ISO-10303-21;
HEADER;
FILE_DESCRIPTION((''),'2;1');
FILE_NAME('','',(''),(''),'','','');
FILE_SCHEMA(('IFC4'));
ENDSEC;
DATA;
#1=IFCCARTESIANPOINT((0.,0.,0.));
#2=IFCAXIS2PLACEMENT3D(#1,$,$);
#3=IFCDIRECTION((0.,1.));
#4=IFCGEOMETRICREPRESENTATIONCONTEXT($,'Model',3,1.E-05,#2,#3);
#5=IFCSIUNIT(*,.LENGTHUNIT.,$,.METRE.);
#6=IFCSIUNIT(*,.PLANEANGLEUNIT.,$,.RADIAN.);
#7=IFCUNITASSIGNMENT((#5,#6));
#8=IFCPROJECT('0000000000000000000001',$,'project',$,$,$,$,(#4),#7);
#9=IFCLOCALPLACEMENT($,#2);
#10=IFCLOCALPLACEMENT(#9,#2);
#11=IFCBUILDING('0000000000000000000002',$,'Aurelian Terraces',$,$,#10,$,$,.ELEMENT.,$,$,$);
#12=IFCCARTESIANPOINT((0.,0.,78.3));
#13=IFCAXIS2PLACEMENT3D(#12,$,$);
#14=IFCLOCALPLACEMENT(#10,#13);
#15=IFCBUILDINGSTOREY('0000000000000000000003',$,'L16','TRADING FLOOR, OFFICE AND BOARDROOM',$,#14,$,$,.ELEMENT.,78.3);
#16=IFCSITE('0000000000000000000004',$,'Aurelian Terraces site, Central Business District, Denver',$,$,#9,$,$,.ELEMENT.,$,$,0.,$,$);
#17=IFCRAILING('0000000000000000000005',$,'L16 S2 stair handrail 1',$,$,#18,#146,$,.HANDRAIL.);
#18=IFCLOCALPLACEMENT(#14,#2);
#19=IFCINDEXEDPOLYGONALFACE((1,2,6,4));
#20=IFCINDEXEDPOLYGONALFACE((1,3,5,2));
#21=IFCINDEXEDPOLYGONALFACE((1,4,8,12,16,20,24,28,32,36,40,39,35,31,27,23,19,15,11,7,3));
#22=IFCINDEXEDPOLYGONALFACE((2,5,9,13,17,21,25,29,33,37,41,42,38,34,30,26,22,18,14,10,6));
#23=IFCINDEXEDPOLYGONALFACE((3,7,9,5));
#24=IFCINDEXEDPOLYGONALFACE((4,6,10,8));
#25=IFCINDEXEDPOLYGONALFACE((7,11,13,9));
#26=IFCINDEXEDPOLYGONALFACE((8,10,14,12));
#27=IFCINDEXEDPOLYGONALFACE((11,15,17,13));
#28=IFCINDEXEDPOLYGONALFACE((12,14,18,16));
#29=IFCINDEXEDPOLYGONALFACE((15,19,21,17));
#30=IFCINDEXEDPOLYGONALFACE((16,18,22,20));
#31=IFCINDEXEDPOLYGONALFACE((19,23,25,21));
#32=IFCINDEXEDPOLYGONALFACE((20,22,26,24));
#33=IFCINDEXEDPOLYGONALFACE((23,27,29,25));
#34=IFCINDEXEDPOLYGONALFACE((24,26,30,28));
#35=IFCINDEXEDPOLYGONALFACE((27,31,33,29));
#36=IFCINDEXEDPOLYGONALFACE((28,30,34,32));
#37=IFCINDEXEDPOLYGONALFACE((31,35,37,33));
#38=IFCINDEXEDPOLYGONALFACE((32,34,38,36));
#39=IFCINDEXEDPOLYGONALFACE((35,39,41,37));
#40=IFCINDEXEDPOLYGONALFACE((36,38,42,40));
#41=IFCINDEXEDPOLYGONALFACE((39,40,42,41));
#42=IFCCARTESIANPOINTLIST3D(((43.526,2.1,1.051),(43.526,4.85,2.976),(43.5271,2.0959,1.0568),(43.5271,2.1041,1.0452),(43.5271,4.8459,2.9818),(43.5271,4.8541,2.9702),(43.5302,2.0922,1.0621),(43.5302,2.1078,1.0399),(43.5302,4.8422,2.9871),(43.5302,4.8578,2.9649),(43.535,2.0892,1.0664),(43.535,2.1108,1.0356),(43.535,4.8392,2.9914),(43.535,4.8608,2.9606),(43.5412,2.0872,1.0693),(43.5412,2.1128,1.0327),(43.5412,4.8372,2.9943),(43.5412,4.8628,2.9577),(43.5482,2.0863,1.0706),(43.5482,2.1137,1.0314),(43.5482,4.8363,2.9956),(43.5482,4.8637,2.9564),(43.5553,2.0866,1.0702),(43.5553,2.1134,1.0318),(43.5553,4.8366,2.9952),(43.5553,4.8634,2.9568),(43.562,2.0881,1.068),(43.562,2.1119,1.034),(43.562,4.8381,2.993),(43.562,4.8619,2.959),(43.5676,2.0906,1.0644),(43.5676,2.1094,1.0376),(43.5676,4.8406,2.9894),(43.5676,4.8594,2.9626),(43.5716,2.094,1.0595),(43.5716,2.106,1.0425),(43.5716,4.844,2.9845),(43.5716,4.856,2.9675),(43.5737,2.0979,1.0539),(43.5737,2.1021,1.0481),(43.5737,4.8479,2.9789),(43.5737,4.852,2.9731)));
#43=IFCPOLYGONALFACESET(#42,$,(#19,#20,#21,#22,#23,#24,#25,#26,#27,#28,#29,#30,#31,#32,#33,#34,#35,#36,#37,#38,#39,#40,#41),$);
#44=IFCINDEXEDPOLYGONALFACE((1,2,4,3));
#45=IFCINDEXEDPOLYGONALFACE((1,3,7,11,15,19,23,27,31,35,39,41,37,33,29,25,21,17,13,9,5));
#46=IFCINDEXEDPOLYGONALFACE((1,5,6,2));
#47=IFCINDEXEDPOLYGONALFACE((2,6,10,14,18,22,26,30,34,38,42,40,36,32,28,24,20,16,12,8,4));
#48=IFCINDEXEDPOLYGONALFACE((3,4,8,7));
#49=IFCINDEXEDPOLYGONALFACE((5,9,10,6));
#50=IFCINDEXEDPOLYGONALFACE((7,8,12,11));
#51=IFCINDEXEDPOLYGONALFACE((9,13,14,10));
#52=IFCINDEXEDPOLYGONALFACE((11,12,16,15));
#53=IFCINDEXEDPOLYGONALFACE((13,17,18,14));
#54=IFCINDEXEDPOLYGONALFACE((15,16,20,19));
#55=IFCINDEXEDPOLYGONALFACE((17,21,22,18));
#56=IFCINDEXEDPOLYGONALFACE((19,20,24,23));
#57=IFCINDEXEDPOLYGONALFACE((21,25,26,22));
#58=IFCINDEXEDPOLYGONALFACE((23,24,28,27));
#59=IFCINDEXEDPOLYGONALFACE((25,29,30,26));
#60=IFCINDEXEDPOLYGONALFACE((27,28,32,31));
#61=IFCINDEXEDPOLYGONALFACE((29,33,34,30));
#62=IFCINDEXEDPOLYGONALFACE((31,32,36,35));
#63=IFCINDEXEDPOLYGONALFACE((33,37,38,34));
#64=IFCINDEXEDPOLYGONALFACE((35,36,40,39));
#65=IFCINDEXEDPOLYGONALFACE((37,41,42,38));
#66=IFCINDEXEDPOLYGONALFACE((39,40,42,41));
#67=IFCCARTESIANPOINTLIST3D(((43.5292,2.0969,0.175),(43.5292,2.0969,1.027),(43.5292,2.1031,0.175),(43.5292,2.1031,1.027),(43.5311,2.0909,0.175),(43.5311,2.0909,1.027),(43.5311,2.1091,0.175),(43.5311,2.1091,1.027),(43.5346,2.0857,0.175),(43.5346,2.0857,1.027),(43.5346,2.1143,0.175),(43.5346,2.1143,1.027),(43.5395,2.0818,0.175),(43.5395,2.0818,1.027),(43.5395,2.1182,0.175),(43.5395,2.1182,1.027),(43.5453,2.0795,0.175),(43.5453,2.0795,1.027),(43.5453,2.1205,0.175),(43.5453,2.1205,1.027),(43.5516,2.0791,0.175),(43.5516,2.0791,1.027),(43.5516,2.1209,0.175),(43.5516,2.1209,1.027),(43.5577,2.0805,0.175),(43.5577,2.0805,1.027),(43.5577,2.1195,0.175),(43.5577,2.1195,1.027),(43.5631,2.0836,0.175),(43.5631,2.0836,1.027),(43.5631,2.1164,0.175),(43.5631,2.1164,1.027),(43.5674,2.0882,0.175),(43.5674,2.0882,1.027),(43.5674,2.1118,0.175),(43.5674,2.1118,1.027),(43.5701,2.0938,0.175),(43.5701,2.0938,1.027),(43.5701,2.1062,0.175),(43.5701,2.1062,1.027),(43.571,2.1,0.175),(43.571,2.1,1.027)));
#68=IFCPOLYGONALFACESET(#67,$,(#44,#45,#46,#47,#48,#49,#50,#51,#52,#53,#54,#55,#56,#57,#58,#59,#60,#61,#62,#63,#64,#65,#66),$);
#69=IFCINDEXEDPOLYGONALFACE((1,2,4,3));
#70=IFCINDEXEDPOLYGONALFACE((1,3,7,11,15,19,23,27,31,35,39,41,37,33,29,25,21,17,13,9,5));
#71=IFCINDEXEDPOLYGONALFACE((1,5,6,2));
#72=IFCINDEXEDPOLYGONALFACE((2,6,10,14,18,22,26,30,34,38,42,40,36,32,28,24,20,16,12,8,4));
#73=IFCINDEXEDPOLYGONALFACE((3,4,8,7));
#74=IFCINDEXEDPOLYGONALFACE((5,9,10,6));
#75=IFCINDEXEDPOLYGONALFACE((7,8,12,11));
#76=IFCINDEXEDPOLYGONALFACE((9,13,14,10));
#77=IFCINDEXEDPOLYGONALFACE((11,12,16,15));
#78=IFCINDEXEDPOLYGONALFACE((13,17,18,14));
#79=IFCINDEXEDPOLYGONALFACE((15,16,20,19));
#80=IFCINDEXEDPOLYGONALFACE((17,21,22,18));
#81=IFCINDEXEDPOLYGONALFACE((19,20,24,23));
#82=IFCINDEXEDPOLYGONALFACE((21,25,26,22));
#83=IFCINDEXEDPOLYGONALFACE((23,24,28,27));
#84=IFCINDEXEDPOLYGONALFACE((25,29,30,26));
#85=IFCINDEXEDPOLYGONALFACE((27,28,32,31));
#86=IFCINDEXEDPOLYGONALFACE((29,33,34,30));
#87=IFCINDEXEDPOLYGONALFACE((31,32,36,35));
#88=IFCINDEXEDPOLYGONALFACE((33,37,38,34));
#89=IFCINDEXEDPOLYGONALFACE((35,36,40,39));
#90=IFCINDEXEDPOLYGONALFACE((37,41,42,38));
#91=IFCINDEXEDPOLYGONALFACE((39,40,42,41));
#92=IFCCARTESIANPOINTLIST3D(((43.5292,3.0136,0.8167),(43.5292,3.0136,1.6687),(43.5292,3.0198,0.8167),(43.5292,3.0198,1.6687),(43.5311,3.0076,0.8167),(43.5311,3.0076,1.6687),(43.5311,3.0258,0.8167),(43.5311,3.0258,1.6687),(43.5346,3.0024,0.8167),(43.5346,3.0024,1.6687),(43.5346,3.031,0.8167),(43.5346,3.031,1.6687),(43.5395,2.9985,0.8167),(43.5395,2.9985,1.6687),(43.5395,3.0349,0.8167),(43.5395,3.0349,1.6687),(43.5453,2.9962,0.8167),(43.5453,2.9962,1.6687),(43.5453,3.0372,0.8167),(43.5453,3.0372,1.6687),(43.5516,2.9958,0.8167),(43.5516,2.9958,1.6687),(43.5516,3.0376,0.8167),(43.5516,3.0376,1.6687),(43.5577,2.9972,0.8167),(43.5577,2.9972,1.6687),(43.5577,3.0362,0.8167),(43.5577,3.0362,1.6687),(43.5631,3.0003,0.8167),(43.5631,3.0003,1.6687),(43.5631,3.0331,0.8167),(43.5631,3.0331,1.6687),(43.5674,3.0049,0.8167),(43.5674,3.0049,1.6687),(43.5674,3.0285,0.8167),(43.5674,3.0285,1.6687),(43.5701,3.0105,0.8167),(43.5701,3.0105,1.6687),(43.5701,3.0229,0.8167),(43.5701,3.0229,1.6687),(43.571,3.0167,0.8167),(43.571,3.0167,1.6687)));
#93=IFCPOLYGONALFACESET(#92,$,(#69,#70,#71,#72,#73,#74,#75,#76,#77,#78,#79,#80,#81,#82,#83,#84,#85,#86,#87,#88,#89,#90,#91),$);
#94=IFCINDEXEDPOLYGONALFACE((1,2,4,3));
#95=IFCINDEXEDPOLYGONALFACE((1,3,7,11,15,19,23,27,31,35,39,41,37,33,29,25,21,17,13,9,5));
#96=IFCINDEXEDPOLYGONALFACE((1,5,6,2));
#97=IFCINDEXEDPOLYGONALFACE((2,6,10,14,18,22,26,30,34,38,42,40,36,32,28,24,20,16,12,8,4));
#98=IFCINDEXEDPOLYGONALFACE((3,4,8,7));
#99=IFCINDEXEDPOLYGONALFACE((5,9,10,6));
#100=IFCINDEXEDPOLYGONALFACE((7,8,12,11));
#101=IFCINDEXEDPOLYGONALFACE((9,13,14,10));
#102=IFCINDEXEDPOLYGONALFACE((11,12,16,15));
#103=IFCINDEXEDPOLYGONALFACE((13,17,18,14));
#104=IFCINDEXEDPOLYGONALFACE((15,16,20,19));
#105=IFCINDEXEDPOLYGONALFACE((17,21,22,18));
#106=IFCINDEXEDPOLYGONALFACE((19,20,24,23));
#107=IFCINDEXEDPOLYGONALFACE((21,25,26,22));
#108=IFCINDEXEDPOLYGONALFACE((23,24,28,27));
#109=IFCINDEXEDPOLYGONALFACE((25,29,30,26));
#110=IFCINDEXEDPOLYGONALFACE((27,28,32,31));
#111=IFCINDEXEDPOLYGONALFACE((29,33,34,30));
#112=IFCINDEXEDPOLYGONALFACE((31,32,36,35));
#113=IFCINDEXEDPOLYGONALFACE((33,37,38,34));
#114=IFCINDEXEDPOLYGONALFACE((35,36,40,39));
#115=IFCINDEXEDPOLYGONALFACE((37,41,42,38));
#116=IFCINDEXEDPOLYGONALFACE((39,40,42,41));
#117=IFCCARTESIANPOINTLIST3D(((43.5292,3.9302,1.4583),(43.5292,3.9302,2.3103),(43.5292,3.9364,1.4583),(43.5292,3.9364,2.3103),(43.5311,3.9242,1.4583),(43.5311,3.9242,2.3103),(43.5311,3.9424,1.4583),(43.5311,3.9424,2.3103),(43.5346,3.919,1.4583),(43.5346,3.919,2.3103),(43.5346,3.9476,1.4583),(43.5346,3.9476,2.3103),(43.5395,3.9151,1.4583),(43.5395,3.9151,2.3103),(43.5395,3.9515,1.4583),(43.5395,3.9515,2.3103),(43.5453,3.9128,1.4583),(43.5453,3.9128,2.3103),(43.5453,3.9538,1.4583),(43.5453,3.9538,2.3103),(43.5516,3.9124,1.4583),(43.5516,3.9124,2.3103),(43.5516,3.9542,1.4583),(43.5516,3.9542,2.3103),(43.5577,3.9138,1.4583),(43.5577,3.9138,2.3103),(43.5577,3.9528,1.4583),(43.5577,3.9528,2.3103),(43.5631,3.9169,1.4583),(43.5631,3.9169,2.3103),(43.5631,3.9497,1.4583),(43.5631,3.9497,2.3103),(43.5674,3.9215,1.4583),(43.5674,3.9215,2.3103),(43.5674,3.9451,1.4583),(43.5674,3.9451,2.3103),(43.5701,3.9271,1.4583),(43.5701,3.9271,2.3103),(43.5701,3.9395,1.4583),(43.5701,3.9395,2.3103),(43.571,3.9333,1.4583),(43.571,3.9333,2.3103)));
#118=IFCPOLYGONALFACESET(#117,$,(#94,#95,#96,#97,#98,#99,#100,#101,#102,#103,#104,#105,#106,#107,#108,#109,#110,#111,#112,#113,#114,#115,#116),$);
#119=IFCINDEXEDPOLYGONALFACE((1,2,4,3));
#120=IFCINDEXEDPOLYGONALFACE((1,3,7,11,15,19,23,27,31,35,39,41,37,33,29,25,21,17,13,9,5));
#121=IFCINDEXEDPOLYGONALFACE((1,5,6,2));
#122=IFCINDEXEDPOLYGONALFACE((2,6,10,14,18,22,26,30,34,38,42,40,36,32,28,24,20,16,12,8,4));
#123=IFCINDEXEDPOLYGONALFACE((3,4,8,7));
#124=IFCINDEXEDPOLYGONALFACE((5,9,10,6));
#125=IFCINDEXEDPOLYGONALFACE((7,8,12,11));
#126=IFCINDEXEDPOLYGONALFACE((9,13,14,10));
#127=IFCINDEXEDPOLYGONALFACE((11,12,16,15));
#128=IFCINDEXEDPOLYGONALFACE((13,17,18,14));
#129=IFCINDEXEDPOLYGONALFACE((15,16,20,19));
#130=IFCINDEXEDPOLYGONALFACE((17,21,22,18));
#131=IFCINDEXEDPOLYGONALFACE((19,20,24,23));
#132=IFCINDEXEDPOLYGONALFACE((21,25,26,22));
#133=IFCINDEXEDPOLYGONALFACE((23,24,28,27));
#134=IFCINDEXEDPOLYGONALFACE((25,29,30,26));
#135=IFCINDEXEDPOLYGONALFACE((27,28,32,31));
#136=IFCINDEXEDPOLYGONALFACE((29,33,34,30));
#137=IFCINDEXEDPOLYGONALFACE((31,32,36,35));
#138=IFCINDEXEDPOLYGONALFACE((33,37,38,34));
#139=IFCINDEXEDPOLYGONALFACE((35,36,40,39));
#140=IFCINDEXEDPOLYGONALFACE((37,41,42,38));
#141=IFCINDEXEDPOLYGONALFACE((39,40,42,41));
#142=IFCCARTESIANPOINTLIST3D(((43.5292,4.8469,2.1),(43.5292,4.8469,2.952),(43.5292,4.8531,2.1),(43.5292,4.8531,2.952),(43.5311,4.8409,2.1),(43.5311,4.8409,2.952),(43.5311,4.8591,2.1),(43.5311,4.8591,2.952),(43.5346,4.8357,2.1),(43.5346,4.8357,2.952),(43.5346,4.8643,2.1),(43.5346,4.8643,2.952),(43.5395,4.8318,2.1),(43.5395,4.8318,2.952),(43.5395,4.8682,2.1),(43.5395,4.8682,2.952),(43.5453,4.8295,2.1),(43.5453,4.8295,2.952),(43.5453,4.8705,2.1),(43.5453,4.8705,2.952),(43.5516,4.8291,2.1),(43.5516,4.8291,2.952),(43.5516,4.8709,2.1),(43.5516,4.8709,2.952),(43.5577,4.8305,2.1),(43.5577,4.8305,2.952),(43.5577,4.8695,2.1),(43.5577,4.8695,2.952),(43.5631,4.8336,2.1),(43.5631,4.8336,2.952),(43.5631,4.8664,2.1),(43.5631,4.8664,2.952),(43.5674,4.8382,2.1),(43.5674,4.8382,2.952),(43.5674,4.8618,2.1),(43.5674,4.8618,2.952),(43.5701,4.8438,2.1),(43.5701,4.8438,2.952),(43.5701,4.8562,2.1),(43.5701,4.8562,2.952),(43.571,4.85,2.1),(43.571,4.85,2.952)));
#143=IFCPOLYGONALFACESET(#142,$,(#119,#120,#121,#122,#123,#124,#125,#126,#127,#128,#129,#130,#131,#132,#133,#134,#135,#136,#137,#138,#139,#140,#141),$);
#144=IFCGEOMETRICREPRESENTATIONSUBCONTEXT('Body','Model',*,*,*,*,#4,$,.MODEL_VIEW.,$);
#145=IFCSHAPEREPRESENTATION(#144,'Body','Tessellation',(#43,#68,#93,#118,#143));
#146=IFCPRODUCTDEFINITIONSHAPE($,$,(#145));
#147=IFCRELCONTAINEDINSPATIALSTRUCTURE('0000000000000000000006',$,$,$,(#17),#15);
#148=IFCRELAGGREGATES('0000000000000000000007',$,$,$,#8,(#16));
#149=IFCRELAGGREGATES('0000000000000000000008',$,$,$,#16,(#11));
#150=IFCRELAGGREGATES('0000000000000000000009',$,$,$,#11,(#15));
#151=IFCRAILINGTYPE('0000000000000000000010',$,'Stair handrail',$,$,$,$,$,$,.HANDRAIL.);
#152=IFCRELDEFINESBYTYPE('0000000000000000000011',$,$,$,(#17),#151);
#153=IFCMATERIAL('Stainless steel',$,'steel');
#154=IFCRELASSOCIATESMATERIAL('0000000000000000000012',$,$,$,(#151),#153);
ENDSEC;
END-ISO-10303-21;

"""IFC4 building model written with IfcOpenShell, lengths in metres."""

from ifc_helpers import new_model, si_unit, direction, frame, origin, origin_2d, place, context, subcontext, project, spatial, circle, extrude, source, transform, mapped, material, type_object, element, save


model = new_model("IFC4")

# Units and contexts
model_context = context("Model", 3, precision=1e-05, world=origin(), true_north=direction((0.0, 1.0)))
body_context = subcontext(model_context, "Body", "Model", "MODEL_VIEW")
ifc_project = project(units=[si_unit("LENGTHUNIT", "METRE"), si_unit("PLANEANGLEUNIT", "RADIAN")], contexts=[model_context])

# Site, building, storey
site_placement = place(None, origin())
site = spatial("IfcSite", under=ifc_project, at=site_placement, Name="Aurelian Terraces site, Central Business District, Denver", CompositionType="ELEMENT", RefElevation=0.0)
building_placement = place(site_placement, origin())
building = spatial("IfcBuilding", under=site, at=building_placement, Name="Aurelian Terraces", CompositionType="ELEMENT")
storey_placement = place(building_placement, frame((0.0, 0.0, 78.3)))
storey = spatial("IfcBuildingStorey", under=building, at=storey_placement, Name="L16", Description="TRADING FLOOR, OFFICE AND BOARDROOM", CompositionType="ELEMENT", Elevation=78.3)

# Railing
ifc_material_1 = material(Name="Stainless steel", Category="steel")
railing_type = type_object("IfcRailingType", Name="Stair handrail", PredefinedType="HANDRAIL", material=ifc_material_1)
shared_shape_1 = source(origin(), body_context, "Body", "SweptSolid", [
    extrude(circle(Radius=0.024, at=origin_2d()), frame((0.0, 0.0, 0.876), z_axis=(0.0, 0.819232, 0.573462), x_axis=(-1.0, 0.0, 0.0)), (0.0, 0.0, 1.0), 3.3568),
    extrude(circle(Radius=0.021, at=origin_2d()), origin(), (0.0, 0.0, 1.0), 0.852),
    extrude(circle(Radius=0.021, at=origin_2d()), frame((0.0, 0.9167, 0.6417)), (0.0, 0.0, 1.0), 0.852),
    extrude(circle(Radius=0.021, at=origin_2d()), frame((0.0, 1.8333, 1.2833)), (0.0, 0.0, 1.0), 0.852),
    extrude(circle(Radius=0.021, at=origin_2d()), frame((0.0, 2.75, 1.925)), (0.0, 0.0, 1.0), 0.852),
])
railing_placement = place(storey_placement, frame((43.55, 2.1, 0.175)))
element("IfcRailing", 1, at=railing_placement, inside=storey, type_object=railing_type, Name="L16 S2 stair handrail 1", PredefinedType="HANDRAIL", context=body_context, shape_type="MappedRepresentation", body=[
    mapped(shared_shape_1, transform((0.0, 0.0, 0.0), scale=1.0)),
])

save(model, "model.ifc")
